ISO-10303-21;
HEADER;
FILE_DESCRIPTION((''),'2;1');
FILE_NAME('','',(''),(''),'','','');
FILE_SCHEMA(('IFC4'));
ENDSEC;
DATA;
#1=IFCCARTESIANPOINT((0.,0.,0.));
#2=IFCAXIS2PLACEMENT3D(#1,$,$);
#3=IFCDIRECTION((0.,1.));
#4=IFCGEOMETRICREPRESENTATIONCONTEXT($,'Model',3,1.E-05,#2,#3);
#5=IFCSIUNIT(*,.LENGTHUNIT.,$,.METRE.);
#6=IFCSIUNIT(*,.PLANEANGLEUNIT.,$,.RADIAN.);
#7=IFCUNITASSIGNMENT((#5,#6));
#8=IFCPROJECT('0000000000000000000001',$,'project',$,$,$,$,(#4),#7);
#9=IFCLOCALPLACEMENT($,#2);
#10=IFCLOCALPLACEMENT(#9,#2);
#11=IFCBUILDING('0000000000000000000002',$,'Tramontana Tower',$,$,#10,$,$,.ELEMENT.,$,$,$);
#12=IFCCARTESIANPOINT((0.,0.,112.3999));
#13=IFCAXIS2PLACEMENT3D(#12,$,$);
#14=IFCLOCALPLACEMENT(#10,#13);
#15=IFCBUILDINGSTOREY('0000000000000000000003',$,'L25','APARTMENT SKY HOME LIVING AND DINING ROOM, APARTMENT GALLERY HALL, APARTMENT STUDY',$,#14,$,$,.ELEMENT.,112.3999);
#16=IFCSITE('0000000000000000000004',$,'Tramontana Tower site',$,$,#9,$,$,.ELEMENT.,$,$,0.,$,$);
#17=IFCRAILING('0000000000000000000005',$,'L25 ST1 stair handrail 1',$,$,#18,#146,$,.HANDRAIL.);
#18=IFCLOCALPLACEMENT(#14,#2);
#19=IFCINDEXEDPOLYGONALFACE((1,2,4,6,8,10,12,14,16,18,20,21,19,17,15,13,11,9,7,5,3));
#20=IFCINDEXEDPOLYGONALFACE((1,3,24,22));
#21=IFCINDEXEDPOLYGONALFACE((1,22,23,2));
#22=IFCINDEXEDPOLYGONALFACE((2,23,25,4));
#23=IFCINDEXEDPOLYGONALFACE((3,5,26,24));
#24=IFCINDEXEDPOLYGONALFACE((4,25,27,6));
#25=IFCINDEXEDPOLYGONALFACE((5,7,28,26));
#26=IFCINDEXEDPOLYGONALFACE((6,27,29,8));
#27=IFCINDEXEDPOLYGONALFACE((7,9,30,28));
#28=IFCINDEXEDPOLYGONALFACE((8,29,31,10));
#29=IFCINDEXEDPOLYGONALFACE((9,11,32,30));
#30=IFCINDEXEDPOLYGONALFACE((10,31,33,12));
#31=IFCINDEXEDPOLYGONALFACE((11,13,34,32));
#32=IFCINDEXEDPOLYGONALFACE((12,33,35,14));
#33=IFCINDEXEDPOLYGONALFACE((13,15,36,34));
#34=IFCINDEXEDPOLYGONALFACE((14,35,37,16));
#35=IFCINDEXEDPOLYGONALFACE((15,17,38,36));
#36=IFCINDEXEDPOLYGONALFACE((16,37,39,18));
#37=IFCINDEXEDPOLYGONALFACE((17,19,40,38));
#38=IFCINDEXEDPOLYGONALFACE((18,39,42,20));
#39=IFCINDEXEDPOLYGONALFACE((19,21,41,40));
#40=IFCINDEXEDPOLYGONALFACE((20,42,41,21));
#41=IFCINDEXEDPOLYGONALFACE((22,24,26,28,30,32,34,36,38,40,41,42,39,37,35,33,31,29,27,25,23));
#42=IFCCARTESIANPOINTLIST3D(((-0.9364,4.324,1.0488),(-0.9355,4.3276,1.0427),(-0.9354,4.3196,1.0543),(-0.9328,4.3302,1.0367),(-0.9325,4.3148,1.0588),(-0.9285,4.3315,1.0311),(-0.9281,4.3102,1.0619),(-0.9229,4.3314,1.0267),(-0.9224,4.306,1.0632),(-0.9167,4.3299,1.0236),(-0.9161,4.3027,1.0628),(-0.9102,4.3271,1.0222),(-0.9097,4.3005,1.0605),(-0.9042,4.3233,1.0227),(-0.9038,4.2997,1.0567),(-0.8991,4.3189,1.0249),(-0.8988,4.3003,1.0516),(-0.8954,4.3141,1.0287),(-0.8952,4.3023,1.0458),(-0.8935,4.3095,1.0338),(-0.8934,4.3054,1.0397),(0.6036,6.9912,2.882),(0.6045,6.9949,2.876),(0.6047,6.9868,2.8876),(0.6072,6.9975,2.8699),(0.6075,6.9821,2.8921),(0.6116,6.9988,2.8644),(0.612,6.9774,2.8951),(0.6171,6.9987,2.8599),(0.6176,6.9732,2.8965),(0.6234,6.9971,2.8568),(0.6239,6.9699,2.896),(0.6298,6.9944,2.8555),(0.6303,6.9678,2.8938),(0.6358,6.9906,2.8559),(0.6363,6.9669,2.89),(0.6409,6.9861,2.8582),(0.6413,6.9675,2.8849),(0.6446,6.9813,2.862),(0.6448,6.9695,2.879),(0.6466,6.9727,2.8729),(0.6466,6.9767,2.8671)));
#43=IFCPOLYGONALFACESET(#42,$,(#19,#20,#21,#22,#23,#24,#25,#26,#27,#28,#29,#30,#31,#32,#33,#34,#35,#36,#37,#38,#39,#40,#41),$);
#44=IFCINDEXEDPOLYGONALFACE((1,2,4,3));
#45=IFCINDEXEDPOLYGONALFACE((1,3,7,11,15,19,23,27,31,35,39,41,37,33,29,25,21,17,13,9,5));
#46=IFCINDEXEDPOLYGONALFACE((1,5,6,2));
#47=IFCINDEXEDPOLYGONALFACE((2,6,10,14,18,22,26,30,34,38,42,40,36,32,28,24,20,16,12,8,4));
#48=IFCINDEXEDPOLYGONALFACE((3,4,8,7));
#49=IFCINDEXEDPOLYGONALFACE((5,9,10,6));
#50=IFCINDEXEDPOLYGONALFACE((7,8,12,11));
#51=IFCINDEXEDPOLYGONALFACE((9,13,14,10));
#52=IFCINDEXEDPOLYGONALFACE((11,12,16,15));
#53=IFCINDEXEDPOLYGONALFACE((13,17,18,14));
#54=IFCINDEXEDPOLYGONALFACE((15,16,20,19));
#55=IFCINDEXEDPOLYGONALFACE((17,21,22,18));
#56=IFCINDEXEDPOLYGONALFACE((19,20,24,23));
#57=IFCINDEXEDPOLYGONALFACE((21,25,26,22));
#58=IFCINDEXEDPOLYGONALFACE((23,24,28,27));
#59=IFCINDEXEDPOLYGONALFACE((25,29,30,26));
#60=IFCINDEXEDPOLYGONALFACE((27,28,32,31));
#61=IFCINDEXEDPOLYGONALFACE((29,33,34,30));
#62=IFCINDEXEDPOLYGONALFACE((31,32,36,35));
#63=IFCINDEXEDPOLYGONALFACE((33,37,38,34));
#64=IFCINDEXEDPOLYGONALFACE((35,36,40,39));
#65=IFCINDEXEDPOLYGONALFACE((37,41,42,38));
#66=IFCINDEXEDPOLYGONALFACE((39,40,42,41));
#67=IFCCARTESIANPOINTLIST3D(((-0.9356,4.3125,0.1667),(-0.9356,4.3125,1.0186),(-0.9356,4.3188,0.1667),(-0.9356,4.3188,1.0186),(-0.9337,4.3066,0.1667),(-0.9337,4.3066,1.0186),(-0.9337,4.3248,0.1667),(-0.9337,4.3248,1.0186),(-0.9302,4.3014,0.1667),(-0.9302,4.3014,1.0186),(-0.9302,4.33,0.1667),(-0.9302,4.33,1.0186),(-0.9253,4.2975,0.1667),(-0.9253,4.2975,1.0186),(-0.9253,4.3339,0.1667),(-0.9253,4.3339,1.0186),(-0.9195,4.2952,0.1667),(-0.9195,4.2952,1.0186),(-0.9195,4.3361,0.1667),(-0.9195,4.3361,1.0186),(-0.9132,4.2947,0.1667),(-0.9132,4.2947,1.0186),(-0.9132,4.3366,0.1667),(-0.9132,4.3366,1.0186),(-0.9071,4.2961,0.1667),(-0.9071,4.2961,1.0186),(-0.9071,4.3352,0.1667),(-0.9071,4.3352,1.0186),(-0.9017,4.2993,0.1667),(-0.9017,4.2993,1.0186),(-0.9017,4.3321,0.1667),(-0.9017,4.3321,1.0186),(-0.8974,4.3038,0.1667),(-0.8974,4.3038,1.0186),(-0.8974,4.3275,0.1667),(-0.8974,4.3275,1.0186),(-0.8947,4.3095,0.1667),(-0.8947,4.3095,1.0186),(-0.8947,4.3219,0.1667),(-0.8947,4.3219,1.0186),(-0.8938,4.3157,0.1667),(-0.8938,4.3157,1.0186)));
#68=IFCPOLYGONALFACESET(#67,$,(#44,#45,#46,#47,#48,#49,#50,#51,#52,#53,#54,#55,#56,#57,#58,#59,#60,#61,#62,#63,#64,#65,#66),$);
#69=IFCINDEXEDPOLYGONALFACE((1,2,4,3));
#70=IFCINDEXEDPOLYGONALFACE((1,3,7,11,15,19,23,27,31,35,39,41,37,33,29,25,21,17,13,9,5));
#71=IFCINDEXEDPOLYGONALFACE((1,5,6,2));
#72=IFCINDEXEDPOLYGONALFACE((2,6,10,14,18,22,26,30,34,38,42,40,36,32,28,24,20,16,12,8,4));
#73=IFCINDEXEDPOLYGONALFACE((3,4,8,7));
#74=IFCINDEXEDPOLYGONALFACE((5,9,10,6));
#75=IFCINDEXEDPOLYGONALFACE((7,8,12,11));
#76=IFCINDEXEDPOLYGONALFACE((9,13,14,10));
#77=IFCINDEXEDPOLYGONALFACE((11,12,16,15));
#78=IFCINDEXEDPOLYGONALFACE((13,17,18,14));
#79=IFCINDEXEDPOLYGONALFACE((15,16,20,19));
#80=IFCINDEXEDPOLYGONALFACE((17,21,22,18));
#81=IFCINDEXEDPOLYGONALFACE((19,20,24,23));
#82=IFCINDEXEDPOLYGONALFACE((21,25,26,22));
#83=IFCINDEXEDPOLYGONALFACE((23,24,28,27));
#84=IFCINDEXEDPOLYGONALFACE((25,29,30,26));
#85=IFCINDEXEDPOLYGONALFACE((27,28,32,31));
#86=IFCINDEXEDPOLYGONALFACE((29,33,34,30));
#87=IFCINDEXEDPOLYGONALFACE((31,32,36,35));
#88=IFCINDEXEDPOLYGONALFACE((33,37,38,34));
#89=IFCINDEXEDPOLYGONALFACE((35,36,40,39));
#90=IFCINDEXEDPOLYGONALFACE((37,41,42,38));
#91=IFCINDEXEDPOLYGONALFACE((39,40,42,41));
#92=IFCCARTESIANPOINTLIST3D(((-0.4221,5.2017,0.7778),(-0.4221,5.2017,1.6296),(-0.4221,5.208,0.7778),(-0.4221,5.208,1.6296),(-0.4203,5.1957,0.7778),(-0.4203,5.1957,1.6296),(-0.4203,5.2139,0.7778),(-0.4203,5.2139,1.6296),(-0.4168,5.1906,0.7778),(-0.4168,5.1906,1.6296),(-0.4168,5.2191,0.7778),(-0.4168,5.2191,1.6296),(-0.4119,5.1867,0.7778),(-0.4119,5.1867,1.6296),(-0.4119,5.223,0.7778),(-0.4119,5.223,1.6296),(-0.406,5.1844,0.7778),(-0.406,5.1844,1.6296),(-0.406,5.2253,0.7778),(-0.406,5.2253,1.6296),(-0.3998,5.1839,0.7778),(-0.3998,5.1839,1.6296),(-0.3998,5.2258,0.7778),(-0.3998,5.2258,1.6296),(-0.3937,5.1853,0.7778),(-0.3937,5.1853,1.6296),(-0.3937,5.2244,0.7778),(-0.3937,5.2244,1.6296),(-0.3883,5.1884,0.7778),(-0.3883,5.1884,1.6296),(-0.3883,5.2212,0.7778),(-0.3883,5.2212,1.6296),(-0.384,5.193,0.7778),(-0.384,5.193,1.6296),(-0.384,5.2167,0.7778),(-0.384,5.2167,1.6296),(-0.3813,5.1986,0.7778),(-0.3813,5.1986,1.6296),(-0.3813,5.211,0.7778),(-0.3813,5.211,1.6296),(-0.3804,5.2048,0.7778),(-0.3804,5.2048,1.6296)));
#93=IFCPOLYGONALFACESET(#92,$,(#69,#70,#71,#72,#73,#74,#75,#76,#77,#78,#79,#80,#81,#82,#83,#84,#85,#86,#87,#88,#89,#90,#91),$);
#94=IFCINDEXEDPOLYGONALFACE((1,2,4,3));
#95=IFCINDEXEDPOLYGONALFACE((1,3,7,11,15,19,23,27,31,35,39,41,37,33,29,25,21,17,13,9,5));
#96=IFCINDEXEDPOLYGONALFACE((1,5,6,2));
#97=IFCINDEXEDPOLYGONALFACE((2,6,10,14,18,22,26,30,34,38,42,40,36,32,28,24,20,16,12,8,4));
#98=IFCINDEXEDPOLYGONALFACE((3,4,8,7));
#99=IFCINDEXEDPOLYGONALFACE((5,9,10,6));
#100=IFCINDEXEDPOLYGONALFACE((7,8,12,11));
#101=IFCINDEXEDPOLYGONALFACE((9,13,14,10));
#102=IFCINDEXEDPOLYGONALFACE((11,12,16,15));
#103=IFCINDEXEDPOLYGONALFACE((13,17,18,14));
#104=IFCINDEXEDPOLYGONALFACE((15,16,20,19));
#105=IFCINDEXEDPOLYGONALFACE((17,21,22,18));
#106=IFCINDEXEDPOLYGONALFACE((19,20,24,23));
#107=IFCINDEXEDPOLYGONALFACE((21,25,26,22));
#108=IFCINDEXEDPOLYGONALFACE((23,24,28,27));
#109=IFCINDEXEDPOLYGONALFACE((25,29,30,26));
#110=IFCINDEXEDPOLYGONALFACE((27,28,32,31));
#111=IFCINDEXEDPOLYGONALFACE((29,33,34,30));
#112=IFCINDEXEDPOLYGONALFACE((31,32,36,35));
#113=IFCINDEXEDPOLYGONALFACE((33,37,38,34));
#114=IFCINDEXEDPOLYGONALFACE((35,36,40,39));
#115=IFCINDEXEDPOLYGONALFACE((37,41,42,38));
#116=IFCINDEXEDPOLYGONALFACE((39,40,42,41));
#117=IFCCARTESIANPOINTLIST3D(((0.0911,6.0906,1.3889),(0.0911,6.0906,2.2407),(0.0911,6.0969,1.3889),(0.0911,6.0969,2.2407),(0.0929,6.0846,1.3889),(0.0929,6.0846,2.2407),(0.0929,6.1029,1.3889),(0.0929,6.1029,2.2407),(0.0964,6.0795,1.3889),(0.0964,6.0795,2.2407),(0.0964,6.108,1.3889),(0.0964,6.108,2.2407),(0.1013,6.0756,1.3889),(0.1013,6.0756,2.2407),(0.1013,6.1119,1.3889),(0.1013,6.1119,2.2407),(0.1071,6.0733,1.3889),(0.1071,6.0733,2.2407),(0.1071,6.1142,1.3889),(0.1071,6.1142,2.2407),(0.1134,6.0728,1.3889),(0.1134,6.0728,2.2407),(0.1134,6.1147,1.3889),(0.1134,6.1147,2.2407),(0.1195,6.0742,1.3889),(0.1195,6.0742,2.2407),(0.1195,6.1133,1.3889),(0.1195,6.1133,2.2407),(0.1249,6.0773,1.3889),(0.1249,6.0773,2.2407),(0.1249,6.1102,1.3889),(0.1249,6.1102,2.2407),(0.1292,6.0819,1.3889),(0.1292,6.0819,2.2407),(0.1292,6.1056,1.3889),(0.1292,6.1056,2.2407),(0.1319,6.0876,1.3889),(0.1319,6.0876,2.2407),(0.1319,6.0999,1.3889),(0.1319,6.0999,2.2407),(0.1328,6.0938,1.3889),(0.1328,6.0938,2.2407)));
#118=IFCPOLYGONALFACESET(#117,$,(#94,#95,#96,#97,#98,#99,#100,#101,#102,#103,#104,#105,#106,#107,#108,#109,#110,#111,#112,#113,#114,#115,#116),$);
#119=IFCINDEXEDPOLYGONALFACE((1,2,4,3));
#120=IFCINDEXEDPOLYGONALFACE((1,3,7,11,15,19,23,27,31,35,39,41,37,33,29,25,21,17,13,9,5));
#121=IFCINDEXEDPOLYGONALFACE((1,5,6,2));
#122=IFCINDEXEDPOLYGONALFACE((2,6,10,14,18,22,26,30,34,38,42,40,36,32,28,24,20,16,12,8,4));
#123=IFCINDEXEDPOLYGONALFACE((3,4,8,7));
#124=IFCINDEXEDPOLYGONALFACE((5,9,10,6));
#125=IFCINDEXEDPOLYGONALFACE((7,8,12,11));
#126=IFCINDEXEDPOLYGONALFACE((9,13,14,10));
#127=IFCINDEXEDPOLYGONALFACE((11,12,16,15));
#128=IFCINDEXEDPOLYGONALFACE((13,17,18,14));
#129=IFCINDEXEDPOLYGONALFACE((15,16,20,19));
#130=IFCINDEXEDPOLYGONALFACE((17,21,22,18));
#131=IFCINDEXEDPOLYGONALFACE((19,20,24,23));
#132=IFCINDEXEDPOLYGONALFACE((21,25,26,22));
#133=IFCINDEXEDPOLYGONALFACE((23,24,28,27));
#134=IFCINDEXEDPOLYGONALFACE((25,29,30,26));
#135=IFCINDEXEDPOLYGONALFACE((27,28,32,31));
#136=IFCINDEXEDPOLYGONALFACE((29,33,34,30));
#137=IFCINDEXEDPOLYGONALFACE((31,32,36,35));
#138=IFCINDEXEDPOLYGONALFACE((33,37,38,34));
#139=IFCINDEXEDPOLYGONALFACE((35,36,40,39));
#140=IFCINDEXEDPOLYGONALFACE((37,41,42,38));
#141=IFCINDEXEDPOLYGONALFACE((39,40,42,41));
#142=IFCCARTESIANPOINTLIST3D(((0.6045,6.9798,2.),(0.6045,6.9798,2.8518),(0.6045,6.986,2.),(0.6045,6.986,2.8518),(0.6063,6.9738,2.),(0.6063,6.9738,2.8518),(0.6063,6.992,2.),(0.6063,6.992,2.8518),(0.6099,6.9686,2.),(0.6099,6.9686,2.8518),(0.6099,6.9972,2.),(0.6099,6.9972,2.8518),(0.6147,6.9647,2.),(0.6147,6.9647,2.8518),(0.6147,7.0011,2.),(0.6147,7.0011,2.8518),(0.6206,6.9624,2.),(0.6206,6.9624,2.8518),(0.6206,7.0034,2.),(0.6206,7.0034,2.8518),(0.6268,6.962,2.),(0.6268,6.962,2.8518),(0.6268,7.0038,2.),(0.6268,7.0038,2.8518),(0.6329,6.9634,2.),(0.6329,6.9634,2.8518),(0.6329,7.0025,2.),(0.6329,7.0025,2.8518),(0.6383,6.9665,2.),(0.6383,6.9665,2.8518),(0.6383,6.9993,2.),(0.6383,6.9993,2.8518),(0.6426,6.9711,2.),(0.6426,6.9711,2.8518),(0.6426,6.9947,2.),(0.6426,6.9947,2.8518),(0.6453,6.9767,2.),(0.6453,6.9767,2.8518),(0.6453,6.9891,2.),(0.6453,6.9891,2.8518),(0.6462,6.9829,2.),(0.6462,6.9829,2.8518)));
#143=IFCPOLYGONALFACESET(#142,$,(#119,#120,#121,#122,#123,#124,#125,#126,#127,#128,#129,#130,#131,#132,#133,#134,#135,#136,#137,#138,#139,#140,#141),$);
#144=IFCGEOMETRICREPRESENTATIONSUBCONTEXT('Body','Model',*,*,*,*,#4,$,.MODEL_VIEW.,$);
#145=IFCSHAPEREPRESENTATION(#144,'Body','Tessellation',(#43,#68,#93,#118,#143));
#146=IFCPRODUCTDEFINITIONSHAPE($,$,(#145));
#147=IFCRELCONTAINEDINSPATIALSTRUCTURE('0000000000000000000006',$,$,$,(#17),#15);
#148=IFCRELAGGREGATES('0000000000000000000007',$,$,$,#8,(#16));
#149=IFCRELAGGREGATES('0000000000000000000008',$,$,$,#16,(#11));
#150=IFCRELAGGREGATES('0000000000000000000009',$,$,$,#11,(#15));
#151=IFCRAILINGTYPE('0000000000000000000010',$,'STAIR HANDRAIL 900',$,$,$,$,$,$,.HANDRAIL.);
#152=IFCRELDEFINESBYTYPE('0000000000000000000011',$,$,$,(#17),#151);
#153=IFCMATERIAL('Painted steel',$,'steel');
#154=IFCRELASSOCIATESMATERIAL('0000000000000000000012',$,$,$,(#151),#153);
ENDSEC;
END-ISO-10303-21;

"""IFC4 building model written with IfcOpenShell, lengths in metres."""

from ifc_helpers import new_model, si_unit, direction, frame, origin, origin_2d, place, context, subcontext, project, spatial, circle, extrude, material, type_object, element, save


model = new_model("IFC4")

# Units and contexts
model_context = context("Model", 3, precision=1e-05, world=origin(), true_north=direction((0.0, 1.0)))
body_context = subcontext(model_context, "Body", "Model", "MODEL_VIEW")
ifc_project = project(units=[si_unit("LENGTHUNIT", "METRE"), si_unit("PLANEANGLEUNIT", "RADIAN")], contexts=[model_context])

# Site, building, storey
site_placement = place(None, origin())
site = spatial("IfcSite", under=ifc_project, at=site_placement, Name="Tramontana Tower site", CompositionType="ELEMENT", RefElevation=0.0)
building_placement = place(site_placement, origin())
building = spatial("IfcBuilding", under=site, at=building_placement, Name="Tramontana Tower", CompositionType="ELEMENT")
storey_placement = place(building_placement, frame((0.0, 0.0, 112.3999)))
storey = spatial("IfcBuildingStorey", under=building, at=storey_placement, Name="L25", Description="APARTMENT SKY HOME LIVING AND DINING ROOM, APARTMENT GALLERY HALL, APARTMENT STUDY", CompositionType="ELEMENT", Elevation=112.3999)

# Railing
ifc_material_1 = material(Name="Painted steel", Category="steel")
railing_type_1 = type_object("IfcRailingType", Name="STAIR HANDRAIL 900", PredefinedType="HANDRAIL", material=ifc_material_1)
railing_1_placement = place(storey_placement, frame((-0.9148, 4.3157, 0.1667)))
element("IfcRailing", 1, at=railing_1_placement, inside=storey, type_object=railing_type_1, Name="L25 ST1 stair handrail 1", PredefinedType="HANDRAIL", context=body_context, shape_type="SweptSolid", body=[
    extrude(circle(Radius=0.0239, at=origin_2d()), frame((0.0, 0.0, 0.876), z_axis=(0.429671, 0.744159, 0.511478), x_axis=(-0.86601, 0.500027, 0.0)), (0.0, 0.0, 1.0), 3.5842),
    extrude(circle(Radius=0.021, at=origin_2d()), origin(), (0.0, 0.0, 1.0), 0.8518),
    extrude(circle(Radius=0.021, at=origin_2d()), frame((0.5134, 0.8892, 0.6111)), (0.0, 0.0, 1.0), 0.8518),
    extrude(circle(Radius=0.021, at=origin_2d()), frame((1.0266, 1.7781, 1.2222)), (0.0, 0.0, 1.0), 0.8518),
    extrude(circle(Radius=0.021, at=origin_2d()), frame((1.54, 2.6672, 1.8333)), (0.0, 0.0, 1.0), 0.8518),
])

save(model, "model.ifc")
